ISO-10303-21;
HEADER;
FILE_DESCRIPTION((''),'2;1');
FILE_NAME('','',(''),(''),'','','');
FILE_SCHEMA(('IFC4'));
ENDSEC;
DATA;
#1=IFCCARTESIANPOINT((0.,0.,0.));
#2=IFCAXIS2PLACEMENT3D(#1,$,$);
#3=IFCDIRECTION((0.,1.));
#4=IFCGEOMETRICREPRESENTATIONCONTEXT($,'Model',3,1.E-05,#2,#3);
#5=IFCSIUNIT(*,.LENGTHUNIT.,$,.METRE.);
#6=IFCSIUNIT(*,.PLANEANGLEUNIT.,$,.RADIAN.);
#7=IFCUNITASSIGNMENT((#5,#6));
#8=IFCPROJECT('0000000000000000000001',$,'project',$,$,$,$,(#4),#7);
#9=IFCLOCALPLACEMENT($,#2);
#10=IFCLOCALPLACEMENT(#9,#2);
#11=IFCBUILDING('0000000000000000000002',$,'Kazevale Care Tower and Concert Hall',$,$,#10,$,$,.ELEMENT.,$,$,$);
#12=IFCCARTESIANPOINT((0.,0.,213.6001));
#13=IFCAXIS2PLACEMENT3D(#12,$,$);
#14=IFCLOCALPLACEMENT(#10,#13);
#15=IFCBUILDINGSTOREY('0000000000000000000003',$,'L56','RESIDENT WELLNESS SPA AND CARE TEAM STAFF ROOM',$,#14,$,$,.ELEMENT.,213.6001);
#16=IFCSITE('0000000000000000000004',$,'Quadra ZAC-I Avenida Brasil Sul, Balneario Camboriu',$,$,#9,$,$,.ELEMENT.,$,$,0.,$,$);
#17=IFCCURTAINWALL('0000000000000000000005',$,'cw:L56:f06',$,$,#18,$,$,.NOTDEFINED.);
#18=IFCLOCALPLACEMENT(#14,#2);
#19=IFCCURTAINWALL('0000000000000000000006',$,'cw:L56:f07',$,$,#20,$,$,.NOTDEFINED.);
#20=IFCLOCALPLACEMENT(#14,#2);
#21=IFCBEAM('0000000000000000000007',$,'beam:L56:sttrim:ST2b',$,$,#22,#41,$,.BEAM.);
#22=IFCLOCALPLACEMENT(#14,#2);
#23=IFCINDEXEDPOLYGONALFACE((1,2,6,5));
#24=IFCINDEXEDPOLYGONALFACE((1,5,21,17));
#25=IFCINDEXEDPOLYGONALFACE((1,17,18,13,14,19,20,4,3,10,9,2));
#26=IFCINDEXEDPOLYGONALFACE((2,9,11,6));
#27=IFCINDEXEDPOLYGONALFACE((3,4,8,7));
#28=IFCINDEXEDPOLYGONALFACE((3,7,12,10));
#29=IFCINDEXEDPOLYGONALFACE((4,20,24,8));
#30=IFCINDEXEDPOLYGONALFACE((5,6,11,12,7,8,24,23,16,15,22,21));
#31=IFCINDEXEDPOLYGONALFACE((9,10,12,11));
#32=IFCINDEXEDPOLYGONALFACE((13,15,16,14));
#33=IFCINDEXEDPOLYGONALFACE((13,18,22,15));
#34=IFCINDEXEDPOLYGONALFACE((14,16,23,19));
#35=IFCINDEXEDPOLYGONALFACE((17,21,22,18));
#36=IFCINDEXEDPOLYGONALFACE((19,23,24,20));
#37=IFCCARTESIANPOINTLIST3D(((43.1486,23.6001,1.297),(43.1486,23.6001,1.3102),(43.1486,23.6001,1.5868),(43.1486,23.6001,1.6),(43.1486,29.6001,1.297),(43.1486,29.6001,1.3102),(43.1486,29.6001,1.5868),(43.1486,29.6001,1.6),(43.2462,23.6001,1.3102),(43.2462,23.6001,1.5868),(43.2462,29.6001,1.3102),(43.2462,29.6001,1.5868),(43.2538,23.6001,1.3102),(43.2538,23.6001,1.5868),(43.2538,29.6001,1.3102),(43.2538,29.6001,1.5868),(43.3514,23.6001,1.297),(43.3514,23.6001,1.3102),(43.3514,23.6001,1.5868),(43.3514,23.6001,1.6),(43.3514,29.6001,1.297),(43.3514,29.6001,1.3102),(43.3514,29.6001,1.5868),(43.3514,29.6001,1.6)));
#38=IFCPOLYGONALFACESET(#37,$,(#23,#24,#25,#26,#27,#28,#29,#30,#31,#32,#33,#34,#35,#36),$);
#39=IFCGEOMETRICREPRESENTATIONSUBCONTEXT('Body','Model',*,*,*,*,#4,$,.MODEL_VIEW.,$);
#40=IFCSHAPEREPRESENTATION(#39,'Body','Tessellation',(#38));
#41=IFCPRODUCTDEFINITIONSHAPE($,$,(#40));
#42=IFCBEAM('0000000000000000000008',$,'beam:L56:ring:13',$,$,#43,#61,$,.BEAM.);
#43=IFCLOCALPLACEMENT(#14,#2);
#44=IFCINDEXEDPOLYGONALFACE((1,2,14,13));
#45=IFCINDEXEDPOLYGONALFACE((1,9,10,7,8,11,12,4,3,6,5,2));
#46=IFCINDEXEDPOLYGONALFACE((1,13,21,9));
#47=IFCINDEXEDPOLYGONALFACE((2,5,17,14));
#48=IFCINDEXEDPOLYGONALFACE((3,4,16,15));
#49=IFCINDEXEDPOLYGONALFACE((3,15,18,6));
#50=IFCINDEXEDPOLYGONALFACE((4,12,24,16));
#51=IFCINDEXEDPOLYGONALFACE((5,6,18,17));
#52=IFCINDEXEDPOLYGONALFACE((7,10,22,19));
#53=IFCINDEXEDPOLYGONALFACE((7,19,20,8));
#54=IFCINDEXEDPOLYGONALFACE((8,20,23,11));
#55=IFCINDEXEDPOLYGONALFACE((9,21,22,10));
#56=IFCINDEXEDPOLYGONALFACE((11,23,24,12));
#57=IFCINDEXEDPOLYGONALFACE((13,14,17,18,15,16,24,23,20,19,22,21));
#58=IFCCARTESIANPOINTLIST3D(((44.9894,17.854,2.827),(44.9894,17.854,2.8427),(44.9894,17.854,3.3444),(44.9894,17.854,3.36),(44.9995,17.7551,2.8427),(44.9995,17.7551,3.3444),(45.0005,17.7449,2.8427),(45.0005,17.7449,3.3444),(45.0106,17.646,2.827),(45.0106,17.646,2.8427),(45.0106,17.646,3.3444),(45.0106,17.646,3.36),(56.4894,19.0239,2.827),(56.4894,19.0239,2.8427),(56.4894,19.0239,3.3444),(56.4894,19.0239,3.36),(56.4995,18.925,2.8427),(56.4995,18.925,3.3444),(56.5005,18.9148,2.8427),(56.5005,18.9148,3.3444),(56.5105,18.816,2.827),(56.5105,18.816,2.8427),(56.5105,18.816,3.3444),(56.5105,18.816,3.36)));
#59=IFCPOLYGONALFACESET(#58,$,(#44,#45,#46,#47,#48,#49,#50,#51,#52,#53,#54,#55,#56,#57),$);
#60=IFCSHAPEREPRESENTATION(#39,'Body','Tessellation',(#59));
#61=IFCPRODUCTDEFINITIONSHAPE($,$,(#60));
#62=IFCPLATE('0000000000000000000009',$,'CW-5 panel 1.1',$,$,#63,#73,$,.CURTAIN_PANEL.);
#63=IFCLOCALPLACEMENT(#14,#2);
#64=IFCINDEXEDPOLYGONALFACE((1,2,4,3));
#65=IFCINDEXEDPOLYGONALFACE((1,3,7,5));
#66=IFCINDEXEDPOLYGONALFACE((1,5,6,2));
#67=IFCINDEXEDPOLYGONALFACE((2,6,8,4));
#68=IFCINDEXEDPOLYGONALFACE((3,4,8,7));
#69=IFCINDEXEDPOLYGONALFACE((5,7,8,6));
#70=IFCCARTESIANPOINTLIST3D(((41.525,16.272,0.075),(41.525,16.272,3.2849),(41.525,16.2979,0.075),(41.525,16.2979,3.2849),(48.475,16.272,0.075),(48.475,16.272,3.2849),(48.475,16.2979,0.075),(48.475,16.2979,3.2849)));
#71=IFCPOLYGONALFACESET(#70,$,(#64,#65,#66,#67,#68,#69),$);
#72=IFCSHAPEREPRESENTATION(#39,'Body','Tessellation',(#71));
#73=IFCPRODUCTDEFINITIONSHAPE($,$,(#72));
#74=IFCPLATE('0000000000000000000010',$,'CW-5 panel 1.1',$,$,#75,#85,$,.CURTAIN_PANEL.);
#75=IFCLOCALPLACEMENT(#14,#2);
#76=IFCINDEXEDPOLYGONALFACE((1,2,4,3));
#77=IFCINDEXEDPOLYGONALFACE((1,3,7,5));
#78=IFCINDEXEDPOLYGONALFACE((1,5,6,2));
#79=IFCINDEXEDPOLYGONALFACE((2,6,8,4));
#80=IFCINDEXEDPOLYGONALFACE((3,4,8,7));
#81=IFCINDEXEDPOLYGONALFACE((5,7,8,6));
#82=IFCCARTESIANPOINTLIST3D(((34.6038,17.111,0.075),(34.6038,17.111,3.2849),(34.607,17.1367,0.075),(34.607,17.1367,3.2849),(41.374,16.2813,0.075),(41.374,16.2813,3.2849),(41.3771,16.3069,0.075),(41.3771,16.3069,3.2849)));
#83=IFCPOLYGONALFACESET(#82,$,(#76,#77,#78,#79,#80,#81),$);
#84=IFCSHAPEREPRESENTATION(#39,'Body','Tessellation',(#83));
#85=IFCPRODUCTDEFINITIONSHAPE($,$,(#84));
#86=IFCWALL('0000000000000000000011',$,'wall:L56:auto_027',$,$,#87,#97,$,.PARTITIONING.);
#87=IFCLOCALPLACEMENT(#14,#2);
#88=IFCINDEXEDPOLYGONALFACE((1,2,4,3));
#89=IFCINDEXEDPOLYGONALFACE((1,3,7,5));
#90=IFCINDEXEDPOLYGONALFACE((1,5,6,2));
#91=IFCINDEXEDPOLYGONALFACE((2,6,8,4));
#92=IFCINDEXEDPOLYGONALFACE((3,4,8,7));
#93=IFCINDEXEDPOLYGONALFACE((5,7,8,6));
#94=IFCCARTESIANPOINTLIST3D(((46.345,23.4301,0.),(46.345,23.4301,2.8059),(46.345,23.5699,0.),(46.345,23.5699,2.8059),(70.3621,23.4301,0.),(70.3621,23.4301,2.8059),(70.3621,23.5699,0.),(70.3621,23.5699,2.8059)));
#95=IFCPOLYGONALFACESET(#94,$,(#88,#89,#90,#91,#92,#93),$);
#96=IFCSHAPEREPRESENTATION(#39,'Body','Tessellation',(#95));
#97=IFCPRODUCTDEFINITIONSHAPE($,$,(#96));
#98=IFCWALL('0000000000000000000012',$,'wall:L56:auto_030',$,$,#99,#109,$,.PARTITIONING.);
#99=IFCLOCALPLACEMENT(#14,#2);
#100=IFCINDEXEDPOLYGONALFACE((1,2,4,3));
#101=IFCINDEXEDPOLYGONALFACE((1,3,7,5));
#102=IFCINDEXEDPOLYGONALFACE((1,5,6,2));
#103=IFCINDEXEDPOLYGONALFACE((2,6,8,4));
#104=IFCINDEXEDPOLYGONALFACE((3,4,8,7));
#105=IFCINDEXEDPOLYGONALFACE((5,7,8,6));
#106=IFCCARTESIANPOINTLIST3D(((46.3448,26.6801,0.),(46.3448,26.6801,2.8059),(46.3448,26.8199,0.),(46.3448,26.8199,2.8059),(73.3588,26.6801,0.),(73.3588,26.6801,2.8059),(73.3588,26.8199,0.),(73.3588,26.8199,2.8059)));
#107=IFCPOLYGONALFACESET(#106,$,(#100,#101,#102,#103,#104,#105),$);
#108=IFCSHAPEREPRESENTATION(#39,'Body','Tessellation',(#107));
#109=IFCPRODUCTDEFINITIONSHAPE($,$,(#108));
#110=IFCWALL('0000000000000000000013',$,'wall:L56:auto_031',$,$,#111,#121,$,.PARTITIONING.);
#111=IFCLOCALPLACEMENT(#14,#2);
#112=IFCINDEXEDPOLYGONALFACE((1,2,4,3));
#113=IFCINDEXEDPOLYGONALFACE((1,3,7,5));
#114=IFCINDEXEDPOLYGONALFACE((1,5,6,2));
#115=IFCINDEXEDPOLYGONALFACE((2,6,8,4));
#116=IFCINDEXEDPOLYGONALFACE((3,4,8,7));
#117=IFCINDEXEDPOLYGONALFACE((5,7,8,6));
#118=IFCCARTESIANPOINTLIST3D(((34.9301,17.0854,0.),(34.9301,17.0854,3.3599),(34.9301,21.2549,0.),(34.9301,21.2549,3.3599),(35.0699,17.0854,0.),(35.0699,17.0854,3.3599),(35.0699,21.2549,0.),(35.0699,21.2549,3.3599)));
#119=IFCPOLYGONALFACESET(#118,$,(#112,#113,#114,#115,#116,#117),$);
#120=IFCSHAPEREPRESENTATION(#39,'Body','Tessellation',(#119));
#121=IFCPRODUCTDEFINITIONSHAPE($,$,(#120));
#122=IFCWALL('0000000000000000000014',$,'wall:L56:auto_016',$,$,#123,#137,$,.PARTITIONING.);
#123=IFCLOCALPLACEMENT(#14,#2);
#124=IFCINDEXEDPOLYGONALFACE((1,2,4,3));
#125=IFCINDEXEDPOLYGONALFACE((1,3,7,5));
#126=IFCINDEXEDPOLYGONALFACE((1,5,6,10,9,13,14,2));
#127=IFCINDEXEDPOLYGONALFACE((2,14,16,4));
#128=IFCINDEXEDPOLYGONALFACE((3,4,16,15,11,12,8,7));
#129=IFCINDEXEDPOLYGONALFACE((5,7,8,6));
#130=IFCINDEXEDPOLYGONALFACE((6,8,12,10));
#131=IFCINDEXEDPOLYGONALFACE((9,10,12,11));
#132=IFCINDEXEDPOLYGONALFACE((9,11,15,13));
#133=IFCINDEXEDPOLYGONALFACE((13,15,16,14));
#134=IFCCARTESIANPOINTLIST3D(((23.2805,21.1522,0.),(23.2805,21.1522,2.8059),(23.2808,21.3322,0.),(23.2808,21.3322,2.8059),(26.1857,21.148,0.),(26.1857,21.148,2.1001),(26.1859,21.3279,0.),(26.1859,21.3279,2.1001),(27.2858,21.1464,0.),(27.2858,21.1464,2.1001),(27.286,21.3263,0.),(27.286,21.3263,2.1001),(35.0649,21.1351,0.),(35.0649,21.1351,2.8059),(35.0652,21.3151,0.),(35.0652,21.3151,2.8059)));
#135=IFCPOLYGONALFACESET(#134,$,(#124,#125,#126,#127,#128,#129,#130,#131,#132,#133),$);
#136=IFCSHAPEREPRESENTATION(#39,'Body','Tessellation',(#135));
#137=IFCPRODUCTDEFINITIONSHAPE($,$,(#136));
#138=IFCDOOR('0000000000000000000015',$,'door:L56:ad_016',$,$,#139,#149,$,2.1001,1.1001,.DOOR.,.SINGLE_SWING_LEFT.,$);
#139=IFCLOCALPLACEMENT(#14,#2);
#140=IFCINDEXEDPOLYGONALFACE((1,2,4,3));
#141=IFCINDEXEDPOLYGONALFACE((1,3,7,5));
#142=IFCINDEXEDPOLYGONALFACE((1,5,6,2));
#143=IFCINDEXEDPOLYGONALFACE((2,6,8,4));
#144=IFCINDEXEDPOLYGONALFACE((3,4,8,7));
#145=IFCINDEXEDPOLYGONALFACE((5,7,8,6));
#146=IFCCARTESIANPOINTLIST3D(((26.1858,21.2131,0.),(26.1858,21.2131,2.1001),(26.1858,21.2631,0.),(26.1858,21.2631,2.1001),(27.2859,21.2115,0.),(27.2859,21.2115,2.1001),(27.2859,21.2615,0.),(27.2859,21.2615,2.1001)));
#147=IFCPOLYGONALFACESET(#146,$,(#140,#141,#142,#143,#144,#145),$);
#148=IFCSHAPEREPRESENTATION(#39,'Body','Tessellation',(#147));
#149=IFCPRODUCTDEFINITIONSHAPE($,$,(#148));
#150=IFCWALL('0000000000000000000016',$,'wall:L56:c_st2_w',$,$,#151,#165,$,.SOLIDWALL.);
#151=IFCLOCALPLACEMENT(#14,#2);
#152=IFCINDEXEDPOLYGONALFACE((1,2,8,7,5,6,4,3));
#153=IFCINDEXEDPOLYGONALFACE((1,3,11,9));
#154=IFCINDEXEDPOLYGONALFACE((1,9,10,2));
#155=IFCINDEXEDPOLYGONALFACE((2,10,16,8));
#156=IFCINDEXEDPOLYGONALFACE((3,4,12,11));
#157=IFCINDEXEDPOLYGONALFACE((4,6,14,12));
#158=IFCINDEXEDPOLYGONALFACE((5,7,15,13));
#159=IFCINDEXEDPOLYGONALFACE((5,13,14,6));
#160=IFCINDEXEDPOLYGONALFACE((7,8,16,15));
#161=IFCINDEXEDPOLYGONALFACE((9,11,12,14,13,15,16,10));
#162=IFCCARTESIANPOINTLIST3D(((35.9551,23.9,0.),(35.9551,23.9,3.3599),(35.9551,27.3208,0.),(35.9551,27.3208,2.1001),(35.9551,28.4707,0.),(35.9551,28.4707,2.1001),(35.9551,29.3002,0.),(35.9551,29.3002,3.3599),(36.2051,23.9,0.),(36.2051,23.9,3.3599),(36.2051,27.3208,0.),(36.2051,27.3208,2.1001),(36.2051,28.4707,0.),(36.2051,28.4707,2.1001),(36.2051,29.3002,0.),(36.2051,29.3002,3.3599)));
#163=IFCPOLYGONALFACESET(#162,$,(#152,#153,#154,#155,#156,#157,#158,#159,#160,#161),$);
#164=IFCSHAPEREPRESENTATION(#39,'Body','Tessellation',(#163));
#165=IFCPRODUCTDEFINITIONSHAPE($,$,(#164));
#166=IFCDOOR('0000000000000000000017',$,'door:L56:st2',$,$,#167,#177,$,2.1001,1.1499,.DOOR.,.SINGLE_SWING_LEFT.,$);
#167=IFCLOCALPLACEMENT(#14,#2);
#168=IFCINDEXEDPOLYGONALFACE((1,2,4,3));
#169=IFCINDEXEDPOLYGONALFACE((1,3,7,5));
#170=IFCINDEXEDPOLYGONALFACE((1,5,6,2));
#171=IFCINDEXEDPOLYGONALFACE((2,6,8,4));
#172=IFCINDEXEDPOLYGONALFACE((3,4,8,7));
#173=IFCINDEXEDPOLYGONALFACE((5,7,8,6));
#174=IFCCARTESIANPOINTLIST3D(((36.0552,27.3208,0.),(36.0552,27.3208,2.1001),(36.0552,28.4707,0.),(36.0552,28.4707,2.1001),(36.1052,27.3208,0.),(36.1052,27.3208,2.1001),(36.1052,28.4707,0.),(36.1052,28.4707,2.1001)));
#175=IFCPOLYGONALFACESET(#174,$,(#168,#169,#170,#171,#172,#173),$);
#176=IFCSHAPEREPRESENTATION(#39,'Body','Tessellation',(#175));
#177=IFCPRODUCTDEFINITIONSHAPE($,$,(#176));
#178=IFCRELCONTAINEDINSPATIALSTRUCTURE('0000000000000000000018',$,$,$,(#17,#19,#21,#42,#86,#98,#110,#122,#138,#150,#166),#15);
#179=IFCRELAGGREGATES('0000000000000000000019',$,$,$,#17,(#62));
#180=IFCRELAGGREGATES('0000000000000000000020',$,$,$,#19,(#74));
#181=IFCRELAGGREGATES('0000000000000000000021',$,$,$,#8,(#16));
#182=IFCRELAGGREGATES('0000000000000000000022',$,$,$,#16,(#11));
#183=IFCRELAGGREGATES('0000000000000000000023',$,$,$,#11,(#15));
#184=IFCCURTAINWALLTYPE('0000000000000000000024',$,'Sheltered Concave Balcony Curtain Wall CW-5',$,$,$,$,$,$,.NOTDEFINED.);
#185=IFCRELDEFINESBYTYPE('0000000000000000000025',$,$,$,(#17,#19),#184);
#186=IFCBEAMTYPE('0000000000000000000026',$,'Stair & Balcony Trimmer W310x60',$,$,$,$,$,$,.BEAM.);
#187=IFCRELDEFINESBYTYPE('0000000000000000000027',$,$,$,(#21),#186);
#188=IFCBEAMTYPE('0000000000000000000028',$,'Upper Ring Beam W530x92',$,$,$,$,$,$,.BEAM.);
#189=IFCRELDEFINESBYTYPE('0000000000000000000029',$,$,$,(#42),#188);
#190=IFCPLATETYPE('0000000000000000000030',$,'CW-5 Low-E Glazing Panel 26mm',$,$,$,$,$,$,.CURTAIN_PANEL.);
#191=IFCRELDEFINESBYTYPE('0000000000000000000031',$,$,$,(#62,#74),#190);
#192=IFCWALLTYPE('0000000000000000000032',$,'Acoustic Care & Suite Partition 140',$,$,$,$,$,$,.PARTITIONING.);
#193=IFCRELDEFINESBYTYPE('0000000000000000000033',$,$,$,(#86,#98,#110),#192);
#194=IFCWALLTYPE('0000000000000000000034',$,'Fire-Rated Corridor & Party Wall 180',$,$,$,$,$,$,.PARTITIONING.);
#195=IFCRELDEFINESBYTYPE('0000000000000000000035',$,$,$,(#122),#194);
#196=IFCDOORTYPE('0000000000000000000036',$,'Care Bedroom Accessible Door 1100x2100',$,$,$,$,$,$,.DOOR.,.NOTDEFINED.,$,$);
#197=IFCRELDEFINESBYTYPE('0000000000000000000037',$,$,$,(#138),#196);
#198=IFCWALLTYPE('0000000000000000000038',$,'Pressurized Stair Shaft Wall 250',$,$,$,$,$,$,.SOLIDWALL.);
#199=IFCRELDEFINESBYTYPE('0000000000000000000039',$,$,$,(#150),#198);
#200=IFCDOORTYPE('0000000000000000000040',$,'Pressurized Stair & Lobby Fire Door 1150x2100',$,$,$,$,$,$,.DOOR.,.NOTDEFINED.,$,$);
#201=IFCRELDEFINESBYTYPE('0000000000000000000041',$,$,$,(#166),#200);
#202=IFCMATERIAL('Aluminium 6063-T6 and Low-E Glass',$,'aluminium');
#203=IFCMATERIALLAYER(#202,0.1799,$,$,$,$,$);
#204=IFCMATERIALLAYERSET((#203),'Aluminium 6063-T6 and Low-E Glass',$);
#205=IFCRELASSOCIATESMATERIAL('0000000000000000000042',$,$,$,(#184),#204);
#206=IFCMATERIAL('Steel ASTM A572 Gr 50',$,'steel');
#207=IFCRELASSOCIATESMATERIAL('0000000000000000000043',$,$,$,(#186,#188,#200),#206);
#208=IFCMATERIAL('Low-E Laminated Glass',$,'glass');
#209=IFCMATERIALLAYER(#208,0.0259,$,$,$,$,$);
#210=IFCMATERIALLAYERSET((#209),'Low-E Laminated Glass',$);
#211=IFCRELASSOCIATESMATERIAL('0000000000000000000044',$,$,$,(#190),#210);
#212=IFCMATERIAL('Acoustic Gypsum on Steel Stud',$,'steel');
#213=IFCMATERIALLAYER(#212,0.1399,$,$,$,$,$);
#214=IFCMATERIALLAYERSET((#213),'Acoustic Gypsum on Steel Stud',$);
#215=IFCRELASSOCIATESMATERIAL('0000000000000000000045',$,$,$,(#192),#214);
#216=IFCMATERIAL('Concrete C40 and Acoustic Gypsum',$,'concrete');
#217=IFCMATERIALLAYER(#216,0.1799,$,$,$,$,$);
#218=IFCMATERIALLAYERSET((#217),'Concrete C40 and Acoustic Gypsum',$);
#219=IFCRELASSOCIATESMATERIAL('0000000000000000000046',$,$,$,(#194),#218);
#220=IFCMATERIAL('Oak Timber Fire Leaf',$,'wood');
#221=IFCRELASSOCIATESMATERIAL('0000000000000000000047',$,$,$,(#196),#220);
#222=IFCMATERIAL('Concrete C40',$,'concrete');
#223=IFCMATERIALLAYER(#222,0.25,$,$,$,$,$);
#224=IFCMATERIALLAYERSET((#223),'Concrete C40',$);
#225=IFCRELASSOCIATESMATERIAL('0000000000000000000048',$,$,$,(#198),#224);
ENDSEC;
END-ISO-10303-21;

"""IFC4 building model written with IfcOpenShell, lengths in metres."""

from ifc_helpers import new_model, si_unit, direction, frame, frame_2d, origin, origin_2d, place, context, subcontext, project, spatial, rectangle, i_section, extrude, material, layer, layer_set, material_profile, profile_set, type_object, element, fill, aggregate, save


model = new_model("IFC4")

# Units and contexts
model_context = context("Model", 3, precision=1e-05, world=origin(), true_north=direction((0.0, 1.0)))
body_context = subcontext(model_context, "Body", "Model", "MODEL_VIEW")
ifc_project = project(units=[si_unit("LENGTHUNIT", "METRE"), si_unit("PLANEANGLEUNIT", "RADIAN")], contexts=[model_context])

# Site, building, storey
site_placement = place(None, origin())
site = spatial("IfcSite", under=ifc_project, at=site_placement, Name="Quadra ZAC-I Avenida Brasil Sul, Balneario Camboriu", CompositionType="ELEMENT", RefElevation=0.0)
building_placement = place(site_placement, origin())
building = spatial("IfcBuilding", under=site, at=building_placement, Name="Kazevale Care Tower and Concert Hall", CompositionType="ELEMENT")
storey_placement = place(building_placement, frame((0.0, 0.0, 213.6001)))
storey = spatial("IfcBuildingStorey", under=building, at=storey_placement, Name="L56", Description="RESIDENT WELLNESS SPA AND CARE TEAM STAFF ROOM", CompositionType="ELEMENT", Elevation=213.6001)

# Curtain wall
ifc_material_1 = material(Name="Aluminium 6063-T6 and Low-E Glass", Category="aluminium")
ifc_layer_1 = layer(ifc_material_1, 0.1799)
ifc_layer_set_1 = layer_set([ifc_layer_1], Name="Aluminium 6063-T6 and Low-E Glass")
curtain_wall_type = type_object("IfcCurtainWallType", Name="Sheltered Concave Balcony Curtain Wall CW-5", PredefinedType="NOTDEFINED", material=ifc_layer_set_1)
curtain_wall_1_placement = place(storey_placement, origin())
curtain_wall_1 = element("IfcCurtainWall", 1, at=curtain_wall_1_placement, inside=storey, type_object=curtain_wall_type, Name="cw:L56:f06", PredefinedType="NOTDEFINED")

# Curtain wall
curtain_wall_2_placement = place(storey_placement, origin())
curtain_wall_2 = element("IfcCurtainWall", 2, at=curtain_wall_2_placement, inside=storey, type_object=curtain_wall_type, Name="cw:L56:f07", PredefinedType="NOTDEFINED")

# Beams
ifc_material_2 = material(Name="Steel ASTM A572 Gr 50", Category="steel")
ifc_material_profile_1 = material_profile(ifc_material_2, i_section(OverallWidth=0.2029, OverallDepth=0.303, WebThickness=0.0076, FlangeThickness=0.0132, at=origin_2d()), Name="W310x60")
ifc_profile_set_1 = profile_set([ifc_material_profile_1], Name="Steel ASTM A572 Gr 50")
beam_type_1 = type_object("IfcBeamType", Name="Stair & Balcony Trimmer W310x60", PredefinedType="BEAM", material=ifc_profile_set_1)
for number, where, z_axis, x_axis, name in (
    (3, (43.25, 23.6001, 1.4485), (0.0, 1.0, 0.0), (-1.0, 0.0, 0.0), "beam:L56:sttrim:ST2b"),
):
    element("IfcBeam", number, at=place(storey_placement, frame(where, z_axis=z_axis, x_axis=x_axis)), inside=storey, type_object=beam_type_1, Name=name, PredefinedType="BEAM", context=body_context, shape_type="SweptSolid", body=[
        extrude(i_section(OverallWidth=0.2029, OverallDepth=0.303, WebThickness=0.0076, FlangeThickness=0.0132, at=origin_2d()), origin(), (0.0, 0.0, 1.0), 6.0),
    ])
ifc_material_profile_2 = material_profile(ifc_material_2, i_section(OverallWidth=0.209, OverallDepth=0.533, WebThickness=0.0103, FlangeThickness=0.0156, at=origin_2d()), Name="W530x92")
ifc_profile_set_2 = profile_set([ifc_material_profile_2], Name="Steel ASTM A572 Gr 50")
beam_type_2 = type_object("IfcBeamType", Name="Upper Ring Beam W530x92", PredefinedType="BEAM", material=ifc_profile_set_2)
beam_1_placement = place(storey_placement, frame((45.0, 17.75, 3.0935), z_axis=(0.994865, 0.10121, 0.0), x_axis=(-0.10121, 0.994865, 0.0)))
element("IfcBeam", 4, at=beam_1_placement, inside=storey, type_object=beam_type_2, Name="beam:L56:ring:13", PredefinedType="BEAM", context=body_context, shape_type="SweptSolid", body=[
    extrude(i_section(OverallWidth=0.209, OverallDepth=0.533, WebThickness=0.0103, FlangeThickness=0.0156, at=origin_2d()), origin(), (0.0, 0.0, 1.0), 11.5593),
])

# Plates
ifc_material_3 = material(Name="Low-E Laminated Glass", Category="glass")
ifc_layer_2 = layer(ifc_material_3, 0.0259)
ifc_layer_set_2 = layer_set([ifc_layer_2], Name="Low-E Laminated Glass")
plate_type = type_object("IfcPlateType", Name="CW-5 Low-E Glazing Panel 26mm", PredefinedType="CURTAIN_PANEL", material=ifc_layer_set_2)
plate_1_placement = place(storey_placement, frame((45.0, 16.2849, 0.075), z_axis=(0.0, 0.0, 1.0), x_axis=(-1.0, 0.0, 0.0)))
plate_1 = element("IfcPlate", 5, at=plate_1_placement, type_object=plate_type, Name="CW-5 panel 1.1", PredefinedType="CURTAIN_PANEL", context=body_context, shape_type="SweptSolid", body=[
    extrude(rectangle(XDim=6.95, YDim=0.0259, at=origin_2d()), origin(), (0.0, 0.0, 1.0), 3.21),
])
aggregate(curtain_wall_1, [plate_1])
plate_2_placement = place(storey_placement, frame((37.9905, 16.709, 0.075), z_axis=(0.0, 0.0, 1.0), x_axis=(-0.992573, 0.121651, 0.0)))
plate_2 = element("IfcPlate", 6, at=plate_2_placement, type_object=plate_type, Name="CW-5 panel 1.1", PredefinedType="CURTAIN_PANEL", context=body_context, shape_type="SweptSolid", body=[
    extrude(rectangle(XDim=6.8208, YDim=0.0259, at=origin_2d()), origin(), (0.0, 0.0, 1.0), 3.21),
])
aggregate(curtain_wall_2, [plate_2])

# Walls
ifc_material_4 = material(Name="Acoustic Gypsum on Steel Stud", Category="steel")
ifc_layer_3 = layer(ifc_material_4, 0.1399)
ifc_layer_set_3 = layer_set([ifc_layer_3], Name="Acoustic Gypsum on Steel Stud")
wall_type_1 = type_object("IfcWallType", Name="Acoustic Care & Suite Partition 140", PredefinedType="PARTITIONING", material=ifc_layer_set_3)
wall_1_placement = place(storey_placement, frame((46.345, 23.5, 0.0), z_axis=(0.0, 0.0, 1.0), x_axis=(1.0, 0.0, 0.0)))
element("IfcWall", 7, at=wall_1_placement, inside=storey, type_object=wall_type_1, Name="wall:L56:auto_027", PredefinedType="PARTITIONING", context=body_context, shape_type="SweptSolid", body=[
    extrude(rectangle(XDim=24.0171, YDim=0.1399, at=frame_2d((12.0085, 0.0))), origin(), (0.0, 0.0, 1.0), 2.8059),
])
wall_2_placement = place(storey_placement, frame((46.345, 26.75, 0.0), z_axis=(0.0, 0.0, 1.0), x_axis=(1.0, 0.0, 0.0)))
element("IfcWall", 8, at=wall_2_placement, inside=storey, type_object=wall_type_1, Name="wall:L56:auto_030", PredefinedType="PARTITIONING", context=body_context, shape_type="SweptSolid", body=[
    extrude(rectangle(XDim=27.0139, YDim=0.1399, at=frame_2d((13.5068, 0.0))), origin(), (0.0, 0.0, 1.0), 2.8059),
])
wall_3_placement = place(storey_placement, frame((35.0, 21.2549, 0.0), z_axis=(0.0, 0.0, 1.0), x_axis=(0.0, -1.0, 0.0)))
element("IfcWall", 9, at=wall_3_placement, inside=storey, type_object=wall_type_1, Name="wall:L56:auto_031", PredefinedType="PARTITIONING", context=body_context, shape_type="SweptSolid", body=[
    extrude(rectangle(XDim=4.1694, YDim=0.1399, at=frame_2d((2.0847, 0.0))), origin(), (0.0, 0.0, 1.0), 3.3599),
])

# Walls, openings, doors
ifc_material_5 = material(Name="Oak Timber Fire Leaf", Category="wood")
ifc_material_6 = material(Name="Concrete C40 and Acoustic Gypsum", Category="concrete")
ifc_layer_4 = layer(ifc_material_6, 0.1799)
ifc_layer_set_4 = layer_set([ifc_layer_4], Name="Concrete C40 and Acoustic Gypsum")
wall_type_2 = type_object("IfcWallType", Name="Fire-Rated Corridor & Party Wall 180", PredefinedType="PARTITIONING", material=ifc_layer_set_4)
wall_4_placement = place(storey_placement, frame((35.0649, 21.2251, 0.0), z_axis=(0.0, 0.0, 1.0), x_axis=(-0.999999, 0.00145, 0.0)))
wall_4 = element("IfcWall", 10, at=wall_4_placement, inside=storey, type_object=wall_type_2, Name="wall:L56:auto_016", PredefinedType="PARTITIONING", context=body_context, shape_type="SweptSolid", body=[
    extrude(rectangle(XDim=11.7844, YDim=0.1799, at=frame_2d((5.8921, 0.0))), origin(), (0.0, 0.0, 1.0), 2.8059),
])
opening_1_placement = place(wall_4_placement, frame((7.7791, 0.0, 0.0)))
opening_1 = element("IfcOpeningElement", 11, at=opening_1_placement, cuts=wall_4, PredefinedType="OPENING", context=body_context, shape_type="SweptSolid", body=[
    extrude(rectangle(XDim=1.1001, YDim=2.1001, at=frame_2d((0.55, 1.05))), frame((0.0, 0.0999, 0.0), z_axis=(0.0, -1.0, 0.0), x_axis=(1.0, 0.0, 0.0)), (0.0, 0.0, 1.0), 0.2),
])
door_type_1 = type_object("IfcDoorType", Name="Care Bedroom Accessible Door 1100x2100", OperationType="NOTDEFINED", PredefinedType="DOOR", material=ifc_material_5)
door_1_placement = place(opening_1_placement, origin())
door_1 = element("IfcDoor", 12, at=door_1_placement, inside=storey, type_object=door_type_1, Name="door:L56:ad_016", OperationType="SINGLE_SWING_LEFT", OverallHeight=2.1001, OverallWidth=1.1001, PredefinedType="DOOR", context=body_context, shape_type="SweptSolid", body=[
    extrude(rectangle(XDim=1.1001, YDim=2.1001, at=frame_2d((0.55, 1.05))), frame((0.0, 0.0249, 0.0), z_axis=(0.0, -1.0, 0.0), x_axis=(1.0, 0.0, 0.0)), (0.0, 0.0, 1.0), 0.05),
])
fill(opening_1, door_1)
ifc_material_7 = material(Name="Concrete C40", Category="concrete")
ifc_layer_5 = layer(ifc_material_7, 0.25)
ifc_layer_set_5 = layer_set([ifc_layer_5], Name="Concrete C40")
wall_type_3 = type_object("IfcWallType", Name="Pressurized Stair Shaft Wall 250", PredefinedType="SOLIDWALL", material=ifc_layer_set_5)
wall_5_placement = place(storey_placement, frame((36.0801, 23.8999, 0.0), z_axis=(0.0, 0.0, 1.0), x_axis=(0.0, 1.0, 0.0)))
wall_5 = element("IfcWall", 13, at=wall_5_placement, inside=storey, type_object=wall_type_3, Name="wall:L56:c_st2_w", PredefinedType="SOLIDWALL", context=body_context, shape_type="SweptSolid", body=[
    extrude(rectangle(XDim=5.4001, YDim=0.25, at=frame_2d((2.7002, 0.0))), origin(), (0.0, 0.0, 1.0), 3.3599),
])
opening_2_placement = place(wall_5_placement, frame((3.4209, 0.0, 0.0)))
opening_2 = element("IfcOpeningElement", 14, at=opening_2_placement, cuts=wall_5, PredefinedType="OPENING", context=body_context, shape_type="SweptSolid", body=[
    extrude(rectangle(XDim=1.1499, YDim=2.1001, at=frame_2d((0.575, 1.05))), frame((0.0, 0.135, 0.0), z_axis=(0.0, -1.0, 0.0), x_axis=(1.0, 0.0, 0.0)), (0.0, 0.0, 1.0), 0.27),
])
door_type_2 = type_object("IfcDoorType", Name="Pressurized Stair & Lobby Fire Door 1150x2100", OperationType="NOTDEFINED", PredefinedType="DOOR", material=ifc_material_2)
door_2_placement = place(opening_2_placement, origin())
door_2 = element("IfcDoor", 15, at=door_2_placement, inside=storey, type_object=door_type_2, Name="door:L56:st2", OperationType="SINGLE_SWING_LEFT", OverallHeight=2.1001, OverallWidth=1.1499, PredefinedType="DOOR", context=body_context, shape_type="SweptSolid", body=[
    extrude(rectangle(XDim=1.1499, YDim=2.1001, at=frame_2d((0.575, 1.05))), frame((0.0, 0.0249, 0.0), z_axis=(0.0, -1.0, 0.0), x_axis=(1.0, 0.0, 0.0)), (0.0, 0.0, 1.0), 0.05),
])
fill(opening_2, door_2)

save(model, "model.ifc")
